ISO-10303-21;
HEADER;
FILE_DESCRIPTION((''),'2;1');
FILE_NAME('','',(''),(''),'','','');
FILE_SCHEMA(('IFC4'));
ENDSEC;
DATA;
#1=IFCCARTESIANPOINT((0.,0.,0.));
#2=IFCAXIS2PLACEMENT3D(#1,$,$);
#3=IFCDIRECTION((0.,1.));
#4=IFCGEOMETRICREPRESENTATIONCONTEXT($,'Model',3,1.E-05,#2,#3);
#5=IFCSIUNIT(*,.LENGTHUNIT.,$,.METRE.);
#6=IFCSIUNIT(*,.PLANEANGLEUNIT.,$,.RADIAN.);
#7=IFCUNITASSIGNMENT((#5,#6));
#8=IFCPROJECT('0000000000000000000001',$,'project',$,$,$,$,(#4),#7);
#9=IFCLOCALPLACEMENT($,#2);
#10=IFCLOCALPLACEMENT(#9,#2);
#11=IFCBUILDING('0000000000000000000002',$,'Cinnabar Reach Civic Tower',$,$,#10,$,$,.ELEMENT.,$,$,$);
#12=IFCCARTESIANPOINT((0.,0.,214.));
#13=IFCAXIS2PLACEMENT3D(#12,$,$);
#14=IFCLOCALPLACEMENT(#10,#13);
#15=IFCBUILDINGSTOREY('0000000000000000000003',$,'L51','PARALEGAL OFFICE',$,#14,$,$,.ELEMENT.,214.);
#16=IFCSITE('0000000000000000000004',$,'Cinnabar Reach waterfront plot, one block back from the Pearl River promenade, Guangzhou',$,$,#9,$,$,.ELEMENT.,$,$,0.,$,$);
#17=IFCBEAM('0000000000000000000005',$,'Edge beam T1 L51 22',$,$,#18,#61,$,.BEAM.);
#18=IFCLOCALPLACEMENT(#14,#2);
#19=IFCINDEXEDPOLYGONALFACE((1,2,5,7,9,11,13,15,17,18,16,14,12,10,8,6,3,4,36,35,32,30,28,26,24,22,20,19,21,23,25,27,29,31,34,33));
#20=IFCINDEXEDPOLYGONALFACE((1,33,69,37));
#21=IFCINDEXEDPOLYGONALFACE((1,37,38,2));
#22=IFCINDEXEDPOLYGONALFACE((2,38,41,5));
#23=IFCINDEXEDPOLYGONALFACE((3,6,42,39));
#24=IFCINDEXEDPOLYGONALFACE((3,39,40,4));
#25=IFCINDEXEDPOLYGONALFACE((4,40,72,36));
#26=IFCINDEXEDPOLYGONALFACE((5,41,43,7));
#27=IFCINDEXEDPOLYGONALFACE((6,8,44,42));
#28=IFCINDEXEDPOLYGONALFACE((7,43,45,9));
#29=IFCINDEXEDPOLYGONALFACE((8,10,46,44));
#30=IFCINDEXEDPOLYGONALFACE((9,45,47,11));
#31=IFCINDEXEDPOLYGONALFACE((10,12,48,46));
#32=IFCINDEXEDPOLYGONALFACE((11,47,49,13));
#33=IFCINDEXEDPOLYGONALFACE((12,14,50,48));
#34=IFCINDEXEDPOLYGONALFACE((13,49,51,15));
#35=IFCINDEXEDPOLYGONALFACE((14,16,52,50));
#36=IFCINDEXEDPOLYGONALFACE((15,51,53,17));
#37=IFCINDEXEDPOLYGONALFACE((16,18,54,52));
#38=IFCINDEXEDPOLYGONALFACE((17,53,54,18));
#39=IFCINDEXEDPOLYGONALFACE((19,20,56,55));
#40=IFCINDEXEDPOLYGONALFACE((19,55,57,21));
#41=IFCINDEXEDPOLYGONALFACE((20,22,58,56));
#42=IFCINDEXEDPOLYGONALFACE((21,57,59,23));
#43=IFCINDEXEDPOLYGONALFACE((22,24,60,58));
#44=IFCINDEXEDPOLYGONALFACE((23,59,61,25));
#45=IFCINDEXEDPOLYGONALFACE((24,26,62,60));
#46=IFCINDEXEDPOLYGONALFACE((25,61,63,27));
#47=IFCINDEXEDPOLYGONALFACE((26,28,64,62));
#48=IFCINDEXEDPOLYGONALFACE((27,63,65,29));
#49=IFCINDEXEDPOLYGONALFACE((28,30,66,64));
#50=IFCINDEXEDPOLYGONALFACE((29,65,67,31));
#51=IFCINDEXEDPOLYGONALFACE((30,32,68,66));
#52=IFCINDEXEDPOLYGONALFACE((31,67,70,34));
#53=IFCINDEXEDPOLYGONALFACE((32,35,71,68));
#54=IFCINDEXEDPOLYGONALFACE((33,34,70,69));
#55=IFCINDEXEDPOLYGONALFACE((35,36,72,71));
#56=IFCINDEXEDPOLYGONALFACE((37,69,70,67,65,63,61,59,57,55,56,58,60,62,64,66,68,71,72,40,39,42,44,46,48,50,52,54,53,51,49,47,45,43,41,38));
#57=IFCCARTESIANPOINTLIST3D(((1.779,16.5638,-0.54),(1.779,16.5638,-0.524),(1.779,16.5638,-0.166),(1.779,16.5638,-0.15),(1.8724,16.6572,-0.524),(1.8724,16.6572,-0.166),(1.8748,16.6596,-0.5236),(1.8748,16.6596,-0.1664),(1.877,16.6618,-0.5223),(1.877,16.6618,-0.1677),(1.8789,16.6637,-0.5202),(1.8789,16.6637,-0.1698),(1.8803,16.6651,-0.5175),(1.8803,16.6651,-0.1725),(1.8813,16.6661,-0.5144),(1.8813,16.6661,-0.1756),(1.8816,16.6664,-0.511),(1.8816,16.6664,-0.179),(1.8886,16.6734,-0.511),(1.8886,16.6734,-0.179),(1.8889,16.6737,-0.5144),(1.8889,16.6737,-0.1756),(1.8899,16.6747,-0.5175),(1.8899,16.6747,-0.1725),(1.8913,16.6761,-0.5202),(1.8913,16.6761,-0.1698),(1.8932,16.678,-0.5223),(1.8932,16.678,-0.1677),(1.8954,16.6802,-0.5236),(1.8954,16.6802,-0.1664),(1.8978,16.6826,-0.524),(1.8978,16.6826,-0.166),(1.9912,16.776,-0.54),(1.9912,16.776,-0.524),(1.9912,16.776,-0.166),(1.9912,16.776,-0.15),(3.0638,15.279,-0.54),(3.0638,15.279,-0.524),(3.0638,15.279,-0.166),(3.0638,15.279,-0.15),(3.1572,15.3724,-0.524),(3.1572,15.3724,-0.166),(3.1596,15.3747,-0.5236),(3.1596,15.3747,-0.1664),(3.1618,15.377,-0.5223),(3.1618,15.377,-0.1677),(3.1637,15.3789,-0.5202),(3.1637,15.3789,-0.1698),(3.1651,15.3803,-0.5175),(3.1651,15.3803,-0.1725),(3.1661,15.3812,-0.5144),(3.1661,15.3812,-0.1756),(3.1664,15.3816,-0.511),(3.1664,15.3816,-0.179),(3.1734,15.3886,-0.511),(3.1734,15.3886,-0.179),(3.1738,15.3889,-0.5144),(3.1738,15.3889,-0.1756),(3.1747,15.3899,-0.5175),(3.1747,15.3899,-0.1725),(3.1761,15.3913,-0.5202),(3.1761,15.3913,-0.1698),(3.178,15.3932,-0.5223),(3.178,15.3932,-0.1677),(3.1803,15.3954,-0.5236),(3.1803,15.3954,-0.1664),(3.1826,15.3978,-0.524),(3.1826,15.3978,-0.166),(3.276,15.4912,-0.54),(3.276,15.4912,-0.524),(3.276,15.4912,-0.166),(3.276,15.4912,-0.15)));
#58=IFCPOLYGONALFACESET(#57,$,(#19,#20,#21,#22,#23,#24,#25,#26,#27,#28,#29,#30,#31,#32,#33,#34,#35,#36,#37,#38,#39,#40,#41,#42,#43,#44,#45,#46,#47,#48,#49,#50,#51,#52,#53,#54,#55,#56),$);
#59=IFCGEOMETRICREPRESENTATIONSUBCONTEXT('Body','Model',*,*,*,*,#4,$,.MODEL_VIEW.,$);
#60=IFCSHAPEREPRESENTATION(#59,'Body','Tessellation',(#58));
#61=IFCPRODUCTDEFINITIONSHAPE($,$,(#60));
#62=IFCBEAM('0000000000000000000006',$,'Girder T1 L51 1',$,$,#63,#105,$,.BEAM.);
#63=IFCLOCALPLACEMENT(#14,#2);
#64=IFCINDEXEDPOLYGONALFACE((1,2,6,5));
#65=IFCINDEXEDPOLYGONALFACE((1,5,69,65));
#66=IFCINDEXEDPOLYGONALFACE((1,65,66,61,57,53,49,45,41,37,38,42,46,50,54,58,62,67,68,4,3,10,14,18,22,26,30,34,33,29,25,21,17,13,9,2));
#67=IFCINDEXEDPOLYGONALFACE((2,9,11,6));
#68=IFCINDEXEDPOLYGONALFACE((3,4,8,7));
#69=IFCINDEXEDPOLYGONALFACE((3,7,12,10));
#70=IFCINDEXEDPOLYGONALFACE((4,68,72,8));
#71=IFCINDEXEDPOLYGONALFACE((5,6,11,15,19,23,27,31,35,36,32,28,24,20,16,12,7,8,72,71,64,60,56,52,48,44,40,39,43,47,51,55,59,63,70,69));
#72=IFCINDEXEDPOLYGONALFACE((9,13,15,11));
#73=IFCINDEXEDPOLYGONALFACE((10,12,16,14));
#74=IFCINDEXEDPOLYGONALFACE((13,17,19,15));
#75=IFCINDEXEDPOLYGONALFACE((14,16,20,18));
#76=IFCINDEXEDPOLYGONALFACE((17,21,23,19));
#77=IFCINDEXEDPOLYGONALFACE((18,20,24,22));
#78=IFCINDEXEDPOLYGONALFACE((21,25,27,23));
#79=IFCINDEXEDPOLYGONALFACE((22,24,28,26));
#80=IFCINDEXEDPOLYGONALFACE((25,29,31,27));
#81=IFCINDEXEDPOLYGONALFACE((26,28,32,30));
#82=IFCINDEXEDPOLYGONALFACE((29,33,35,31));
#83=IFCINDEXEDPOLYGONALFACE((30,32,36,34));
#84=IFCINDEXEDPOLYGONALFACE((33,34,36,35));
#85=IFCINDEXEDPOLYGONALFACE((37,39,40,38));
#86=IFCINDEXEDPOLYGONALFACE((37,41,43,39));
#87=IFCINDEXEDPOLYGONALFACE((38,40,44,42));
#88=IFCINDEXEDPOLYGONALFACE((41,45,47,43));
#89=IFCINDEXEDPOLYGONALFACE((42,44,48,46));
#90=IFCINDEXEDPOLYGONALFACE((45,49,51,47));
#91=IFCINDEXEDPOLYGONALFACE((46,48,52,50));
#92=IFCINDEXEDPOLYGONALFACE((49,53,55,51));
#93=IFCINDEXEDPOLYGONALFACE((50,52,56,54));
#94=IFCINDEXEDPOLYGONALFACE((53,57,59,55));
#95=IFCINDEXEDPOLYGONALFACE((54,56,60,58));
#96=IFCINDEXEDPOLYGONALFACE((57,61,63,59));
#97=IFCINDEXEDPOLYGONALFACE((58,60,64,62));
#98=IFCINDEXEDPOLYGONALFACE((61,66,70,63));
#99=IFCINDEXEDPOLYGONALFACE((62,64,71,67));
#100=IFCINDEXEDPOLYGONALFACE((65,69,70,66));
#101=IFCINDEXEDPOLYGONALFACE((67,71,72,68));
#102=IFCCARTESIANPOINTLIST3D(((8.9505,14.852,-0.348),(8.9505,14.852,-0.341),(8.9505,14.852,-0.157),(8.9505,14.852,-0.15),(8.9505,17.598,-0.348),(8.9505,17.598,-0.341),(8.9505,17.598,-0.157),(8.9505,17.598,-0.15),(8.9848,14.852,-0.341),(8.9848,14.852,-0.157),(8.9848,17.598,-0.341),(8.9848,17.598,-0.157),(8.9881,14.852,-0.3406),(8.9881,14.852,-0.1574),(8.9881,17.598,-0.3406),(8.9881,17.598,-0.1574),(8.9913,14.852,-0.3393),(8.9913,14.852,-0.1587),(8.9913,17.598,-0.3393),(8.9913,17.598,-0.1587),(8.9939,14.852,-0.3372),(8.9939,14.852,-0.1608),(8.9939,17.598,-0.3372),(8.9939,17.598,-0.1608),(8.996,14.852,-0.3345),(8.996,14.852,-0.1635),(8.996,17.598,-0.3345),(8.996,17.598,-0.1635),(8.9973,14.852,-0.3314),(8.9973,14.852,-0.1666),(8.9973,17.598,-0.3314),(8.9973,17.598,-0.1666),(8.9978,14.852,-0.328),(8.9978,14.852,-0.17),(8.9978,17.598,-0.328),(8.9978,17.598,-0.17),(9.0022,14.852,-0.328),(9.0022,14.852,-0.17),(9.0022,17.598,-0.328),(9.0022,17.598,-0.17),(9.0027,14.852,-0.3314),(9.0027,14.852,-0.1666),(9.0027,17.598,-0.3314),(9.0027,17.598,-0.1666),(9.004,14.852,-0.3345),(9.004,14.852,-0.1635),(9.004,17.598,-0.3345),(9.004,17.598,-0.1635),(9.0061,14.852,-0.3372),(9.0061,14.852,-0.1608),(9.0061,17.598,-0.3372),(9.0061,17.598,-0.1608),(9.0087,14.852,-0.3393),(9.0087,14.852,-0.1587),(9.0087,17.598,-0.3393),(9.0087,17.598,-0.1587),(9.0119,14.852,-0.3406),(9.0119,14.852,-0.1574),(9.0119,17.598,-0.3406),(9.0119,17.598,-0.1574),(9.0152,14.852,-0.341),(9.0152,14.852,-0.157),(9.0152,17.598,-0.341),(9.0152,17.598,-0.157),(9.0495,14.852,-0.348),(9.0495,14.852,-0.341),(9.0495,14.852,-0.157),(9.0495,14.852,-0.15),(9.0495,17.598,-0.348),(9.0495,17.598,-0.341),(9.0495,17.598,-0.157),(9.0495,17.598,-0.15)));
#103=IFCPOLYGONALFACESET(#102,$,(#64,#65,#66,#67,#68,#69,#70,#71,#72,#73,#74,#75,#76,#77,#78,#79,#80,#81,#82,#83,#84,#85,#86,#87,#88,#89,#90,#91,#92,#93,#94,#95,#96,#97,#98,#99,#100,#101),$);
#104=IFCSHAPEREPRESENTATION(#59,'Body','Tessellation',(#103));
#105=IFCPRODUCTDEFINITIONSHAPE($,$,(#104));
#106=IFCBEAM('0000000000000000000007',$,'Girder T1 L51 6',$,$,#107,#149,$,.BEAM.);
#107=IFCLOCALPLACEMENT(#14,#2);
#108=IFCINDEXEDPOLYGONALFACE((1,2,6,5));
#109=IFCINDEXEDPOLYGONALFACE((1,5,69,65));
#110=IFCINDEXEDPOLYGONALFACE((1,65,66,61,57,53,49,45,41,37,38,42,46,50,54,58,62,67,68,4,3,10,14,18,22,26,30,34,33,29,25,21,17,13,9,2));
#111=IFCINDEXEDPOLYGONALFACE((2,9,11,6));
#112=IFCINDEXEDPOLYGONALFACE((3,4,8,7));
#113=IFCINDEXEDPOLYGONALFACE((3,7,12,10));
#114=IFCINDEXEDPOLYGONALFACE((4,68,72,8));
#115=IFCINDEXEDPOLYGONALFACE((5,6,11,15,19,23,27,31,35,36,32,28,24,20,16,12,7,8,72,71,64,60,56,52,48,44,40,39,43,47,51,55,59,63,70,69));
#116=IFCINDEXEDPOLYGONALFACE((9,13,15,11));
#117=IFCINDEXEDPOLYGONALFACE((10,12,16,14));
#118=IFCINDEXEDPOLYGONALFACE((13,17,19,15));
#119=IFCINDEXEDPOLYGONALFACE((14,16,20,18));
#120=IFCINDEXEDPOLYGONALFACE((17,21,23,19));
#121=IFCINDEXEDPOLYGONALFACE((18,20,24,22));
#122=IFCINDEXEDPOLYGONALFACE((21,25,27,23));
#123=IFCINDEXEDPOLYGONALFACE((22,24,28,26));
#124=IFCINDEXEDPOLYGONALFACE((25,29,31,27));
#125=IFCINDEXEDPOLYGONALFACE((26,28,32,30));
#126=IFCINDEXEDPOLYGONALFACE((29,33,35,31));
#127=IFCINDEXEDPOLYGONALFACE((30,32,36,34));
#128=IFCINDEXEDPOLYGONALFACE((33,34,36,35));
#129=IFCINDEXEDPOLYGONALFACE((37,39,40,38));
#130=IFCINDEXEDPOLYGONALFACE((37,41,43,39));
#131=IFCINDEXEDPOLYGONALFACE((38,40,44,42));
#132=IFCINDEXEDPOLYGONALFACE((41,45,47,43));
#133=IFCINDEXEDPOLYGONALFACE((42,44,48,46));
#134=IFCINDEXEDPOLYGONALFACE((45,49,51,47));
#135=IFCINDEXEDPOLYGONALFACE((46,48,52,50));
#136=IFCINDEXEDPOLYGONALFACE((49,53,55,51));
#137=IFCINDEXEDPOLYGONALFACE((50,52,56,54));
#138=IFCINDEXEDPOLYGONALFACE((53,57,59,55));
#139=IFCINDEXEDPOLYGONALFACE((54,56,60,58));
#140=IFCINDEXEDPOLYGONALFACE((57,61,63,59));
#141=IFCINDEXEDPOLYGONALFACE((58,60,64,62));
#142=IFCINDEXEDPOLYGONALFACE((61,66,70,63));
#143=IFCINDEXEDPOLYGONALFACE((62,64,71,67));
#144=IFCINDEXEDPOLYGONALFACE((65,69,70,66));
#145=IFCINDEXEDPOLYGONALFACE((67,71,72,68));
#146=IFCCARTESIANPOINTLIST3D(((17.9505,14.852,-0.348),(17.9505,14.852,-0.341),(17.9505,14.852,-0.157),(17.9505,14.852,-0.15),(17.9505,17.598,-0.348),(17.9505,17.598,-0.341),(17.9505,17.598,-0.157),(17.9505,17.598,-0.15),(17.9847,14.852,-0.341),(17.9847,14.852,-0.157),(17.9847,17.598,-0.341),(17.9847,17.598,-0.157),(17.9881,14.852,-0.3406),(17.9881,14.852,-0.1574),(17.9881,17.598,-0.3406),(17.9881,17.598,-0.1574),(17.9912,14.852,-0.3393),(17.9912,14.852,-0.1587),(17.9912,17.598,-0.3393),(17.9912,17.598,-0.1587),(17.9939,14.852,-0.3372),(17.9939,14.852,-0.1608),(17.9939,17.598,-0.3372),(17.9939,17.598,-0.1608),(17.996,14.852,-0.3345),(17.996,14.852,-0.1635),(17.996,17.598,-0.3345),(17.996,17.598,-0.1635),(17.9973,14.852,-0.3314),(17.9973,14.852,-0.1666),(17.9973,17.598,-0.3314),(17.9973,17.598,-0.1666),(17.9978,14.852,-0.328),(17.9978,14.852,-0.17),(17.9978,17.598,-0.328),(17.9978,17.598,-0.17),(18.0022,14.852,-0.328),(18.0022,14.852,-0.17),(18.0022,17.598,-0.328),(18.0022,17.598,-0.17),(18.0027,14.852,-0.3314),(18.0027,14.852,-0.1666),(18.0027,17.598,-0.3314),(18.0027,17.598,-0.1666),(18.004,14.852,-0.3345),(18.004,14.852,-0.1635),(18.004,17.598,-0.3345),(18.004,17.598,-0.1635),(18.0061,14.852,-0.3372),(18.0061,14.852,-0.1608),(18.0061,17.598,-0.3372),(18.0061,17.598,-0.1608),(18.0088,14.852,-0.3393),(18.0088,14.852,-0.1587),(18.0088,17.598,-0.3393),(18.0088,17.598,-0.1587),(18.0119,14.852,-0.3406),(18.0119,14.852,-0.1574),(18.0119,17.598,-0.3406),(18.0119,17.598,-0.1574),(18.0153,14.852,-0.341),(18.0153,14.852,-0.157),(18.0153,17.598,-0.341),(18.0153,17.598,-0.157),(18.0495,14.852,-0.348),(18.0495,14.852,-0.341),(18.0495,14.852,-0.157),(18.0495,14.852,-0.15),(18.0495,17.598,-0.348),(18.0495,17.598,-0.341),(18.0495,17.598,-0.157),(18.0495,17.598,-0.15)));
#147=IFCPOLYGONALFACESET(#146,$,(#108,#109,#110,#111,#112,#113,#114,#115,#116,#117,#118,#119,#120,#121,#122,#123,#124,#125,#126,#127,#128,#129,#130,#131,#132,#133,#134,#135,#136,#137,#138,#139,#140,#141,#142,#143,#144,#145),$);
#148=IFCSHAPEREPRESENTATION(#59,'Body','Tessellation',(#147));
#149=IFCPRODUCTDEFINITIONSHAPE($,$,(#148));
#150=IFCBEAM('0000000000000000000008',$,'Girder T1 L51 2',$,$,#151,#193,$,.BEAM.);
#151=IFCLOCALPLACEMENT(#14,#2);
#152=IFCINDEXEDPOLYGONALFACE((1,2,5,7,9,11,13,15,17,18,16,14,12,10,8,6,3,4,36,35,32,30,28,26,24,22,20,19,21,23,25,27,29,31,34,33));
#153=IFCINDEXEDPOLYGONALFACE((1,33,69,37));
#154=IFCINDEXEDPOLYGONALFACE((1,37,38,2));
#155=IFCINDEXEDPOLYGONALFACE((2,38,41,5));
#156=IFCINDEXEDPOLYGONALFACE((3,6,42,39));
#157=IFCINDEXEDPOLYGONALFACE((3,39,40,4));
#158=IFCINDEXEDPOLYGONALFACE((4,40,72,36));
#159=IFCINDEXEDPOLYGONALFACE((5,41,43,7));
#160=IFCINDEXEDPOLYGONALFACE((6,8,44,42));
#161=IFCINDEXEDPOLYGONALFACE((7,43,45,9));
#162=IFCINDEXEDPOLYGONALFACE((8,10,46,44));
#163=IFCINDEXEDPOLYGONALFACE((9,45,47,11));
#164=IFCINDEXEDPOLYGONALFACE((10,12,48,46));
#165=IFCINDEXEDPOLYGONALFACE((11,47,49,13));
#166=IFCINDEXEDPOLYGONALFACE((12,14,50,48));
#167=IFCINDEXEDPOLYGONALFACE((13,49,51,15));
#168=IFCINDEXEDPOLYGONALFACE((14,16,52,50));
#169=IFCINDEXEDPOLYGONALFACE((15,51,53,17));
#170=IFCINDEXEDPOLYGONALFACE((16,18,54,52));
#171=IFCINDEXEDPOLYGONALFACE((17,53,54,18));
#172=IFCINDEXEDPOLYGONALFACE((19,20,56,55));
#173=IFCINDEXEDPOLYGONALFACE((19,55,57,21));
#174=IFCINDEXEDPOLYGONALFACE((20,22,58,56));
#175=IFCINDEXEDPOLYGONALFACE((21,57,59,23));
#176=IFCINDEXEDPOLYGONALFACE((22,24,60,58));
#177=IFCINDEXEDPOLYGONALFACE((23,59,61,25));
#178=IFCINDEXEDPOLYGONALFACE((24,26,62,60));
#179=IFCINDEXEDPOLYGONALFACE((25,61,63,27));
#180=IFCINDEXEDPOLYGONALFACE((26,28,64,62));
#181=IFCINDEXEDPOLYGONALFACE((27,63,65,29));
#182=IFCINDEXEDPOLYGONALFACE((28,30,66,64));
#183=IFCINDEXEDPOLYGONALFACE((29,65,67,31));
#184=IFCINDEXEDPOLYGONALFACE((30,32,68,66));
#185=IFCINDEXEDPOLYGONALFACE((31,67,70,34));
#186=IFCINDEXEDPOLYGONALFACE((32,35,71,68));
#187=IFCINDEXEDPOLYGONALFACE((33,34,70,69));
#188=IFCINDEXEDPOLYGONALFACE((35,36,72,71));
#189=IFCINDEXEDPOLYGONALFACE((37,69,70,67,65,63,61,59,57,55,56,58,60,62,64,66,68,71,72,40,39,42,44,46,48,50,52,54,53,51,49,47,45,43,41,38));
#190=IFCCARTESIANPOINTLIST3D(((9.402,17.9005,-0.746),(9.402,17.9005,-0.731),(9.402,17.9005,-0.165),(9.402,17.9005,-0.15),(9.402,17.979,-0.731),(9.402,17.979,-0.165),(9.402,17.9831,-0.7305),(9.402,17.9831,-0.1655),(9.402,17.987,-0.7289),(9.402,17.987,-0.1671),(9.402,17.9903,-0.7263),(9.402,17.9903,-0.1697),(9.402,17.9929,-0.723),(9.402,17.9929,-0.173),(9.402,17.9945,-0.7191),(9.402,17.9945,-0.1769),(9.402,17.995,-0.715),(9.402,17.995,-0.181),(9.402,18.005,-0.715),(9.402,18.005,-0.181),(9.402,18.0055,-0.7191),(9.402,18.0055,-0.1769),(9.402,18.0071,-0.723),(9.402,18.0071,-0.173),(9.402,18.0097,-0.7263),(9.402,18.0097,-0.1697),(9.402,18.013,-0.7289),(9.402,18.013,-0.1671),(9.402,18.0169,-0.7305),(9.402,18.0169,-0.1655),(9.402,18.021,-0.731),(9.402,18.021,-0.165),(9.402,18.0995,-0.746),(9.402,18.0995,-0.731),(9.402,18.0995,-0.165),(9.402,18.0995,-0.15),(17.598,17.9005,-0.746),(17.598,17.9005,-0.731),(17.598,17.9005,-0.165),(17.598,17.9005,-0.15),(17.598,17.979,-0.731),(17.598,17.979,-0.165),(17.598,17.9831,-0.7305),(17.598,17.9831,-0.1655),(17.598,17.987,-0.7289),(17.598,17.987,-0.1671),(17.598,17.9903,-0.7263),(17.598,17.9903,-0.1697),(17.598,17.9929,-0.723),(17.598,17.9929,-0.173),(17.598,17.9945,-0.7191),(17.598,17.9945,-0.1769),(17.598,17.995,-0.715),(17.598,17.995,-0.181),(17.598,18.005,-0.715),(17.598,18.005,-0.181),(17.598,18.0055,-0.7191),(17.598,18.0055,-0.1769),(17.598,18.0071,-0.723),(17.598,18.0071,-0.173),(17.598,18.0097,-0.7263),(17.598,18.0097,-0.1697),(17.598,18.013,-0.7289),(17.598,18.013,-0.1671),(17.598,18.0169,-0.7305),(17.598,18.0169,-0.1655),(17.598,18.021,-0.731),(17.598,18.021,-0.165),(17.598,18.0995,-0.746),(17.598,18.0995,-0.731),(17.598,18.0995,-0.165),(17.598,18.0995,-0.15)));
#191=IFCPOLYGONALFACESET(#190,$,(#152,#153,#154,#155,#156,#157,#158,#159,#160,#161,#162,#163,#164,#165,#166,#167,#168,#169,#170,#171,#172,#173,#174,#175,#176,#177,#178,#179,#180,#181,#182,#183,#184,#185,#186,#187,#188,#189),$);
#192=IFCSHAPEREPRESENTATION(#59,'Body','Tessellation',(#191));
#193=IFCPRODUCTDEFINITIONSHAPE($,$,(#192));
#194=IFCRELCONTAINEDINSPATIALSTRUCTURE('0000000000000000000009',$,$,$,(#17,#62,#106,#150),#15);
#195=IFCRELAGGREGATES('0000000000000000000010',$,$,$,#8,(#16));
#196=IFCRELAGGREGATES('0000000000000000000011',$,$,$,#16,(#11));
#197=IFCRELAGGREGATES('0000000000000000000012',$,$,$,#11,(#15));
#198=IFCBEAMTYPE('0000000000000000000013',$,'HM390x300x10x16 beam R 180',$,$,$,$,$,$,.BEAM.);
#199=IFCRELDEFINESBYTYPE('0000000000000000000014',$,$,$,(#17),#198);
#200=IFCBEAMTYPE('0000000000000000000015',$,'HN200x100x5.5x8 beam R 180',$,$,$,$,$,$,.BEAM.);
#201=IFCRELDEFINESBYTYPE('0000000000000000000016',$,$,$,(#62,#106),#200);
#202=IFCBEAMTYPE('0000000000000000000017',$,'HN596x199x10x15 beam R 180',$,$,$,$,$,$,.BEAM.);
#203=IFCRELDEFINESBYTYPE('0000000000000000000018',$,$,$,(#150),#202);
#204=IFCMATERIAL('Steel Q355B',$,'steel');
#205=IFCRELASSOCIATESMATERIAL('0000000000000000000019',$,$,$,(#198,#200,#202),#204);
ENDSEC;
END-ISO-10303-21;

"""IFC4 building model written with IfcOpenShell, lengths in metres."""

from ifc_helpers import new_model, si_unit, direction, frame, origin, origin_2d, place, context, subcontext, project, spatial, i_section, extrude, material, material_profile, profile_set, type_object, element, save


model = new_model("IFC4")

# Units and contexts
model_context = context("Model", 3, precision=1e-05, world=origin(), true_north=direction((0.0, 1.0)))
body_context = subcontext(model_context, "Body", "Model", "MODEL_VIEW")
ifc_project = project(units=[si_unit("LENGTHUNIT", "METRE"), si_unit("PLANEANGLEUNIT", "RADIAN")], contexts=[model_context])

# Site, building, storey
site_placement = place(None, origin())
site = spatial("IfcSite", under=ifc_project, at=site_placement, Name="Cinnabar Reach waterfront plot, one block back from the Pearl River promenade, Guangzhou", CompositionType="ELEMENT", RefElevation=0.0)
building_placement = place(site_placement, origin())
building = spatial("IfcBuilding", under=site, at=building_placement, Name="Cinnabar Reach Civic Tower", CompositionType="ELEMENT")
storey_placement = place(building_placement, frame((0.0, 0.0, 214.0)))
storey = spatial("IfcBuildingStorey", under=building, at=storey_placement, Name="L51", Description="PARALEGAL OFFICE", CompositionType="ELEMENT", Elevation=214.0)

# Beams
ifc_material_1 = material(Name="Steel Q355B", Category="steel")
ifc_material_profile_1 = material_profile(ifc_material_1, i_section(OverallWidth=0.3, OverallDepth=0.39, WebThickness=0.01, FlangeThickness=0.016, FilletRadius=0.013, at=origin_2d()), Name="HM390x300x10x16")
ifc_profile_set_1 = profile_set([ifc_material_profile_1], Name="Steel Q355B")
beam_type_1 = type_object("IfcBeamType", Name="HM390x300x10x16 beam R 180", PredefinedType="BEAM", material=ifc_profile_set_1)
beam_1_placement = place(storey_placement, frame((1.8851, 16.6699, -0.345), z_axis=(0.707107, -0.707107, 0.0), x_axis=(0.707107, 0.707107, 0.0)))
element("IfcBeam", 1, at=beam_1_placement, inside=storey, type_object=beam_type_1, Name="Edge beam T1 L51 22", PredefinedType="BEAM", context=body_context, shape_type="SweptSolid", body=[
    extrude(i_section(OverallWidth=0.3, OverallDepth=0.39, WebThickness=0.01, FlangeThickness=0.016, FilletRadius=0.013, at=origin_2d()), origin(), (0.0, 0.0, 1.0), 1.817),
])
ifc_material_profile_2 = material_profile(ifc_material_1, i_section(OverallWidth=0.099, OverallDepth=0.198, WebThickness=0.0045, FlangeThickness=0.007, FilletRadius=0.013, at=origin_2d()), Name="HN200x100x5.5x8")
ifc_profile_set_2 = profile_set([ifc_material_profile_2], Name="Steel Q355B")
beam_type_2 = type_object("IfcBeamType", Name="HN200x100x5.5x8 beam R 180", PredefinedType="BEAM", material=ifc_profile_set_2)
for number, where, z_axis, x_axis, name in (
    (2, (9.0, 14.852, -0.249), (0.0, 1.0, 0.0), (-1.0, 0.0, 0.0), "Girder T1 L51 1"),
    (3, (18.0, 14.852, -0.249), (0.0, 1.0, 0.0), (-1.0, 0.0, 0.0), "Girder T1 L51 6"),
):
    element("IfcBeam", number, at=place(storey_placement, frame(where, z_axis=z_axis, x_axis=x_axis)), inside=storey, type_object=beam_type_2, Name=name, PredefinedType="BEAM", context=body_context, shape_type="SweptSolid", body=[
        extrude(i_section(OverallWidth=0.099, OverallDepth=0.198, WebThickness=0.0045, FlangeThickness=0.007, FilletRadius=0.013, at=origin_2d()), origin(), (0.0, 0.0, 1.0), 2.746),
    ])
ifc_material_profile_3 = material_profile(ifc_material_1, i_section(OverallWidth=0.199, OverallDepth=0.596, WebThickness=0.01, FlangeThickness=0.015, FilletRadius=0.016, at=origin_2d()), Name="HN596x199x10x15")
ifc_profile_set_3 = profile_set([ifc_material_profile_3], Name="Steel Q355B")
beam_type_3 = type_object("IfcBeamType", Name="HN596x199x10x15 beam R 180", PredefinedType="BEAM", material=ifc_profile_set_3)
beam_2_placement = place(storey_placement, frame((9.402, 18.0, -0.448), z_axis=(1.0, 0.0, 0.0), x_axis=(0.0, 1.0, 0.0)))
element("IfcBeam", 4, at=beam_2_placement, inside=storey, type_object=beam_type_3, Name="Girder T1 L51 2", PredefinedType="BEAM", context=body_context, shape_type="SweptSolid", body=[
    extrude(i_section(OverallWidth=0.199, OverallDepth=0.596, WebThickness=0.01, FlangeThickness=0.015, FilletRadius=0.016, at=origin_2d()), origin(), (0.0, 0.0, 1.0), 8.196),
])

save(model, "model.ifc")
